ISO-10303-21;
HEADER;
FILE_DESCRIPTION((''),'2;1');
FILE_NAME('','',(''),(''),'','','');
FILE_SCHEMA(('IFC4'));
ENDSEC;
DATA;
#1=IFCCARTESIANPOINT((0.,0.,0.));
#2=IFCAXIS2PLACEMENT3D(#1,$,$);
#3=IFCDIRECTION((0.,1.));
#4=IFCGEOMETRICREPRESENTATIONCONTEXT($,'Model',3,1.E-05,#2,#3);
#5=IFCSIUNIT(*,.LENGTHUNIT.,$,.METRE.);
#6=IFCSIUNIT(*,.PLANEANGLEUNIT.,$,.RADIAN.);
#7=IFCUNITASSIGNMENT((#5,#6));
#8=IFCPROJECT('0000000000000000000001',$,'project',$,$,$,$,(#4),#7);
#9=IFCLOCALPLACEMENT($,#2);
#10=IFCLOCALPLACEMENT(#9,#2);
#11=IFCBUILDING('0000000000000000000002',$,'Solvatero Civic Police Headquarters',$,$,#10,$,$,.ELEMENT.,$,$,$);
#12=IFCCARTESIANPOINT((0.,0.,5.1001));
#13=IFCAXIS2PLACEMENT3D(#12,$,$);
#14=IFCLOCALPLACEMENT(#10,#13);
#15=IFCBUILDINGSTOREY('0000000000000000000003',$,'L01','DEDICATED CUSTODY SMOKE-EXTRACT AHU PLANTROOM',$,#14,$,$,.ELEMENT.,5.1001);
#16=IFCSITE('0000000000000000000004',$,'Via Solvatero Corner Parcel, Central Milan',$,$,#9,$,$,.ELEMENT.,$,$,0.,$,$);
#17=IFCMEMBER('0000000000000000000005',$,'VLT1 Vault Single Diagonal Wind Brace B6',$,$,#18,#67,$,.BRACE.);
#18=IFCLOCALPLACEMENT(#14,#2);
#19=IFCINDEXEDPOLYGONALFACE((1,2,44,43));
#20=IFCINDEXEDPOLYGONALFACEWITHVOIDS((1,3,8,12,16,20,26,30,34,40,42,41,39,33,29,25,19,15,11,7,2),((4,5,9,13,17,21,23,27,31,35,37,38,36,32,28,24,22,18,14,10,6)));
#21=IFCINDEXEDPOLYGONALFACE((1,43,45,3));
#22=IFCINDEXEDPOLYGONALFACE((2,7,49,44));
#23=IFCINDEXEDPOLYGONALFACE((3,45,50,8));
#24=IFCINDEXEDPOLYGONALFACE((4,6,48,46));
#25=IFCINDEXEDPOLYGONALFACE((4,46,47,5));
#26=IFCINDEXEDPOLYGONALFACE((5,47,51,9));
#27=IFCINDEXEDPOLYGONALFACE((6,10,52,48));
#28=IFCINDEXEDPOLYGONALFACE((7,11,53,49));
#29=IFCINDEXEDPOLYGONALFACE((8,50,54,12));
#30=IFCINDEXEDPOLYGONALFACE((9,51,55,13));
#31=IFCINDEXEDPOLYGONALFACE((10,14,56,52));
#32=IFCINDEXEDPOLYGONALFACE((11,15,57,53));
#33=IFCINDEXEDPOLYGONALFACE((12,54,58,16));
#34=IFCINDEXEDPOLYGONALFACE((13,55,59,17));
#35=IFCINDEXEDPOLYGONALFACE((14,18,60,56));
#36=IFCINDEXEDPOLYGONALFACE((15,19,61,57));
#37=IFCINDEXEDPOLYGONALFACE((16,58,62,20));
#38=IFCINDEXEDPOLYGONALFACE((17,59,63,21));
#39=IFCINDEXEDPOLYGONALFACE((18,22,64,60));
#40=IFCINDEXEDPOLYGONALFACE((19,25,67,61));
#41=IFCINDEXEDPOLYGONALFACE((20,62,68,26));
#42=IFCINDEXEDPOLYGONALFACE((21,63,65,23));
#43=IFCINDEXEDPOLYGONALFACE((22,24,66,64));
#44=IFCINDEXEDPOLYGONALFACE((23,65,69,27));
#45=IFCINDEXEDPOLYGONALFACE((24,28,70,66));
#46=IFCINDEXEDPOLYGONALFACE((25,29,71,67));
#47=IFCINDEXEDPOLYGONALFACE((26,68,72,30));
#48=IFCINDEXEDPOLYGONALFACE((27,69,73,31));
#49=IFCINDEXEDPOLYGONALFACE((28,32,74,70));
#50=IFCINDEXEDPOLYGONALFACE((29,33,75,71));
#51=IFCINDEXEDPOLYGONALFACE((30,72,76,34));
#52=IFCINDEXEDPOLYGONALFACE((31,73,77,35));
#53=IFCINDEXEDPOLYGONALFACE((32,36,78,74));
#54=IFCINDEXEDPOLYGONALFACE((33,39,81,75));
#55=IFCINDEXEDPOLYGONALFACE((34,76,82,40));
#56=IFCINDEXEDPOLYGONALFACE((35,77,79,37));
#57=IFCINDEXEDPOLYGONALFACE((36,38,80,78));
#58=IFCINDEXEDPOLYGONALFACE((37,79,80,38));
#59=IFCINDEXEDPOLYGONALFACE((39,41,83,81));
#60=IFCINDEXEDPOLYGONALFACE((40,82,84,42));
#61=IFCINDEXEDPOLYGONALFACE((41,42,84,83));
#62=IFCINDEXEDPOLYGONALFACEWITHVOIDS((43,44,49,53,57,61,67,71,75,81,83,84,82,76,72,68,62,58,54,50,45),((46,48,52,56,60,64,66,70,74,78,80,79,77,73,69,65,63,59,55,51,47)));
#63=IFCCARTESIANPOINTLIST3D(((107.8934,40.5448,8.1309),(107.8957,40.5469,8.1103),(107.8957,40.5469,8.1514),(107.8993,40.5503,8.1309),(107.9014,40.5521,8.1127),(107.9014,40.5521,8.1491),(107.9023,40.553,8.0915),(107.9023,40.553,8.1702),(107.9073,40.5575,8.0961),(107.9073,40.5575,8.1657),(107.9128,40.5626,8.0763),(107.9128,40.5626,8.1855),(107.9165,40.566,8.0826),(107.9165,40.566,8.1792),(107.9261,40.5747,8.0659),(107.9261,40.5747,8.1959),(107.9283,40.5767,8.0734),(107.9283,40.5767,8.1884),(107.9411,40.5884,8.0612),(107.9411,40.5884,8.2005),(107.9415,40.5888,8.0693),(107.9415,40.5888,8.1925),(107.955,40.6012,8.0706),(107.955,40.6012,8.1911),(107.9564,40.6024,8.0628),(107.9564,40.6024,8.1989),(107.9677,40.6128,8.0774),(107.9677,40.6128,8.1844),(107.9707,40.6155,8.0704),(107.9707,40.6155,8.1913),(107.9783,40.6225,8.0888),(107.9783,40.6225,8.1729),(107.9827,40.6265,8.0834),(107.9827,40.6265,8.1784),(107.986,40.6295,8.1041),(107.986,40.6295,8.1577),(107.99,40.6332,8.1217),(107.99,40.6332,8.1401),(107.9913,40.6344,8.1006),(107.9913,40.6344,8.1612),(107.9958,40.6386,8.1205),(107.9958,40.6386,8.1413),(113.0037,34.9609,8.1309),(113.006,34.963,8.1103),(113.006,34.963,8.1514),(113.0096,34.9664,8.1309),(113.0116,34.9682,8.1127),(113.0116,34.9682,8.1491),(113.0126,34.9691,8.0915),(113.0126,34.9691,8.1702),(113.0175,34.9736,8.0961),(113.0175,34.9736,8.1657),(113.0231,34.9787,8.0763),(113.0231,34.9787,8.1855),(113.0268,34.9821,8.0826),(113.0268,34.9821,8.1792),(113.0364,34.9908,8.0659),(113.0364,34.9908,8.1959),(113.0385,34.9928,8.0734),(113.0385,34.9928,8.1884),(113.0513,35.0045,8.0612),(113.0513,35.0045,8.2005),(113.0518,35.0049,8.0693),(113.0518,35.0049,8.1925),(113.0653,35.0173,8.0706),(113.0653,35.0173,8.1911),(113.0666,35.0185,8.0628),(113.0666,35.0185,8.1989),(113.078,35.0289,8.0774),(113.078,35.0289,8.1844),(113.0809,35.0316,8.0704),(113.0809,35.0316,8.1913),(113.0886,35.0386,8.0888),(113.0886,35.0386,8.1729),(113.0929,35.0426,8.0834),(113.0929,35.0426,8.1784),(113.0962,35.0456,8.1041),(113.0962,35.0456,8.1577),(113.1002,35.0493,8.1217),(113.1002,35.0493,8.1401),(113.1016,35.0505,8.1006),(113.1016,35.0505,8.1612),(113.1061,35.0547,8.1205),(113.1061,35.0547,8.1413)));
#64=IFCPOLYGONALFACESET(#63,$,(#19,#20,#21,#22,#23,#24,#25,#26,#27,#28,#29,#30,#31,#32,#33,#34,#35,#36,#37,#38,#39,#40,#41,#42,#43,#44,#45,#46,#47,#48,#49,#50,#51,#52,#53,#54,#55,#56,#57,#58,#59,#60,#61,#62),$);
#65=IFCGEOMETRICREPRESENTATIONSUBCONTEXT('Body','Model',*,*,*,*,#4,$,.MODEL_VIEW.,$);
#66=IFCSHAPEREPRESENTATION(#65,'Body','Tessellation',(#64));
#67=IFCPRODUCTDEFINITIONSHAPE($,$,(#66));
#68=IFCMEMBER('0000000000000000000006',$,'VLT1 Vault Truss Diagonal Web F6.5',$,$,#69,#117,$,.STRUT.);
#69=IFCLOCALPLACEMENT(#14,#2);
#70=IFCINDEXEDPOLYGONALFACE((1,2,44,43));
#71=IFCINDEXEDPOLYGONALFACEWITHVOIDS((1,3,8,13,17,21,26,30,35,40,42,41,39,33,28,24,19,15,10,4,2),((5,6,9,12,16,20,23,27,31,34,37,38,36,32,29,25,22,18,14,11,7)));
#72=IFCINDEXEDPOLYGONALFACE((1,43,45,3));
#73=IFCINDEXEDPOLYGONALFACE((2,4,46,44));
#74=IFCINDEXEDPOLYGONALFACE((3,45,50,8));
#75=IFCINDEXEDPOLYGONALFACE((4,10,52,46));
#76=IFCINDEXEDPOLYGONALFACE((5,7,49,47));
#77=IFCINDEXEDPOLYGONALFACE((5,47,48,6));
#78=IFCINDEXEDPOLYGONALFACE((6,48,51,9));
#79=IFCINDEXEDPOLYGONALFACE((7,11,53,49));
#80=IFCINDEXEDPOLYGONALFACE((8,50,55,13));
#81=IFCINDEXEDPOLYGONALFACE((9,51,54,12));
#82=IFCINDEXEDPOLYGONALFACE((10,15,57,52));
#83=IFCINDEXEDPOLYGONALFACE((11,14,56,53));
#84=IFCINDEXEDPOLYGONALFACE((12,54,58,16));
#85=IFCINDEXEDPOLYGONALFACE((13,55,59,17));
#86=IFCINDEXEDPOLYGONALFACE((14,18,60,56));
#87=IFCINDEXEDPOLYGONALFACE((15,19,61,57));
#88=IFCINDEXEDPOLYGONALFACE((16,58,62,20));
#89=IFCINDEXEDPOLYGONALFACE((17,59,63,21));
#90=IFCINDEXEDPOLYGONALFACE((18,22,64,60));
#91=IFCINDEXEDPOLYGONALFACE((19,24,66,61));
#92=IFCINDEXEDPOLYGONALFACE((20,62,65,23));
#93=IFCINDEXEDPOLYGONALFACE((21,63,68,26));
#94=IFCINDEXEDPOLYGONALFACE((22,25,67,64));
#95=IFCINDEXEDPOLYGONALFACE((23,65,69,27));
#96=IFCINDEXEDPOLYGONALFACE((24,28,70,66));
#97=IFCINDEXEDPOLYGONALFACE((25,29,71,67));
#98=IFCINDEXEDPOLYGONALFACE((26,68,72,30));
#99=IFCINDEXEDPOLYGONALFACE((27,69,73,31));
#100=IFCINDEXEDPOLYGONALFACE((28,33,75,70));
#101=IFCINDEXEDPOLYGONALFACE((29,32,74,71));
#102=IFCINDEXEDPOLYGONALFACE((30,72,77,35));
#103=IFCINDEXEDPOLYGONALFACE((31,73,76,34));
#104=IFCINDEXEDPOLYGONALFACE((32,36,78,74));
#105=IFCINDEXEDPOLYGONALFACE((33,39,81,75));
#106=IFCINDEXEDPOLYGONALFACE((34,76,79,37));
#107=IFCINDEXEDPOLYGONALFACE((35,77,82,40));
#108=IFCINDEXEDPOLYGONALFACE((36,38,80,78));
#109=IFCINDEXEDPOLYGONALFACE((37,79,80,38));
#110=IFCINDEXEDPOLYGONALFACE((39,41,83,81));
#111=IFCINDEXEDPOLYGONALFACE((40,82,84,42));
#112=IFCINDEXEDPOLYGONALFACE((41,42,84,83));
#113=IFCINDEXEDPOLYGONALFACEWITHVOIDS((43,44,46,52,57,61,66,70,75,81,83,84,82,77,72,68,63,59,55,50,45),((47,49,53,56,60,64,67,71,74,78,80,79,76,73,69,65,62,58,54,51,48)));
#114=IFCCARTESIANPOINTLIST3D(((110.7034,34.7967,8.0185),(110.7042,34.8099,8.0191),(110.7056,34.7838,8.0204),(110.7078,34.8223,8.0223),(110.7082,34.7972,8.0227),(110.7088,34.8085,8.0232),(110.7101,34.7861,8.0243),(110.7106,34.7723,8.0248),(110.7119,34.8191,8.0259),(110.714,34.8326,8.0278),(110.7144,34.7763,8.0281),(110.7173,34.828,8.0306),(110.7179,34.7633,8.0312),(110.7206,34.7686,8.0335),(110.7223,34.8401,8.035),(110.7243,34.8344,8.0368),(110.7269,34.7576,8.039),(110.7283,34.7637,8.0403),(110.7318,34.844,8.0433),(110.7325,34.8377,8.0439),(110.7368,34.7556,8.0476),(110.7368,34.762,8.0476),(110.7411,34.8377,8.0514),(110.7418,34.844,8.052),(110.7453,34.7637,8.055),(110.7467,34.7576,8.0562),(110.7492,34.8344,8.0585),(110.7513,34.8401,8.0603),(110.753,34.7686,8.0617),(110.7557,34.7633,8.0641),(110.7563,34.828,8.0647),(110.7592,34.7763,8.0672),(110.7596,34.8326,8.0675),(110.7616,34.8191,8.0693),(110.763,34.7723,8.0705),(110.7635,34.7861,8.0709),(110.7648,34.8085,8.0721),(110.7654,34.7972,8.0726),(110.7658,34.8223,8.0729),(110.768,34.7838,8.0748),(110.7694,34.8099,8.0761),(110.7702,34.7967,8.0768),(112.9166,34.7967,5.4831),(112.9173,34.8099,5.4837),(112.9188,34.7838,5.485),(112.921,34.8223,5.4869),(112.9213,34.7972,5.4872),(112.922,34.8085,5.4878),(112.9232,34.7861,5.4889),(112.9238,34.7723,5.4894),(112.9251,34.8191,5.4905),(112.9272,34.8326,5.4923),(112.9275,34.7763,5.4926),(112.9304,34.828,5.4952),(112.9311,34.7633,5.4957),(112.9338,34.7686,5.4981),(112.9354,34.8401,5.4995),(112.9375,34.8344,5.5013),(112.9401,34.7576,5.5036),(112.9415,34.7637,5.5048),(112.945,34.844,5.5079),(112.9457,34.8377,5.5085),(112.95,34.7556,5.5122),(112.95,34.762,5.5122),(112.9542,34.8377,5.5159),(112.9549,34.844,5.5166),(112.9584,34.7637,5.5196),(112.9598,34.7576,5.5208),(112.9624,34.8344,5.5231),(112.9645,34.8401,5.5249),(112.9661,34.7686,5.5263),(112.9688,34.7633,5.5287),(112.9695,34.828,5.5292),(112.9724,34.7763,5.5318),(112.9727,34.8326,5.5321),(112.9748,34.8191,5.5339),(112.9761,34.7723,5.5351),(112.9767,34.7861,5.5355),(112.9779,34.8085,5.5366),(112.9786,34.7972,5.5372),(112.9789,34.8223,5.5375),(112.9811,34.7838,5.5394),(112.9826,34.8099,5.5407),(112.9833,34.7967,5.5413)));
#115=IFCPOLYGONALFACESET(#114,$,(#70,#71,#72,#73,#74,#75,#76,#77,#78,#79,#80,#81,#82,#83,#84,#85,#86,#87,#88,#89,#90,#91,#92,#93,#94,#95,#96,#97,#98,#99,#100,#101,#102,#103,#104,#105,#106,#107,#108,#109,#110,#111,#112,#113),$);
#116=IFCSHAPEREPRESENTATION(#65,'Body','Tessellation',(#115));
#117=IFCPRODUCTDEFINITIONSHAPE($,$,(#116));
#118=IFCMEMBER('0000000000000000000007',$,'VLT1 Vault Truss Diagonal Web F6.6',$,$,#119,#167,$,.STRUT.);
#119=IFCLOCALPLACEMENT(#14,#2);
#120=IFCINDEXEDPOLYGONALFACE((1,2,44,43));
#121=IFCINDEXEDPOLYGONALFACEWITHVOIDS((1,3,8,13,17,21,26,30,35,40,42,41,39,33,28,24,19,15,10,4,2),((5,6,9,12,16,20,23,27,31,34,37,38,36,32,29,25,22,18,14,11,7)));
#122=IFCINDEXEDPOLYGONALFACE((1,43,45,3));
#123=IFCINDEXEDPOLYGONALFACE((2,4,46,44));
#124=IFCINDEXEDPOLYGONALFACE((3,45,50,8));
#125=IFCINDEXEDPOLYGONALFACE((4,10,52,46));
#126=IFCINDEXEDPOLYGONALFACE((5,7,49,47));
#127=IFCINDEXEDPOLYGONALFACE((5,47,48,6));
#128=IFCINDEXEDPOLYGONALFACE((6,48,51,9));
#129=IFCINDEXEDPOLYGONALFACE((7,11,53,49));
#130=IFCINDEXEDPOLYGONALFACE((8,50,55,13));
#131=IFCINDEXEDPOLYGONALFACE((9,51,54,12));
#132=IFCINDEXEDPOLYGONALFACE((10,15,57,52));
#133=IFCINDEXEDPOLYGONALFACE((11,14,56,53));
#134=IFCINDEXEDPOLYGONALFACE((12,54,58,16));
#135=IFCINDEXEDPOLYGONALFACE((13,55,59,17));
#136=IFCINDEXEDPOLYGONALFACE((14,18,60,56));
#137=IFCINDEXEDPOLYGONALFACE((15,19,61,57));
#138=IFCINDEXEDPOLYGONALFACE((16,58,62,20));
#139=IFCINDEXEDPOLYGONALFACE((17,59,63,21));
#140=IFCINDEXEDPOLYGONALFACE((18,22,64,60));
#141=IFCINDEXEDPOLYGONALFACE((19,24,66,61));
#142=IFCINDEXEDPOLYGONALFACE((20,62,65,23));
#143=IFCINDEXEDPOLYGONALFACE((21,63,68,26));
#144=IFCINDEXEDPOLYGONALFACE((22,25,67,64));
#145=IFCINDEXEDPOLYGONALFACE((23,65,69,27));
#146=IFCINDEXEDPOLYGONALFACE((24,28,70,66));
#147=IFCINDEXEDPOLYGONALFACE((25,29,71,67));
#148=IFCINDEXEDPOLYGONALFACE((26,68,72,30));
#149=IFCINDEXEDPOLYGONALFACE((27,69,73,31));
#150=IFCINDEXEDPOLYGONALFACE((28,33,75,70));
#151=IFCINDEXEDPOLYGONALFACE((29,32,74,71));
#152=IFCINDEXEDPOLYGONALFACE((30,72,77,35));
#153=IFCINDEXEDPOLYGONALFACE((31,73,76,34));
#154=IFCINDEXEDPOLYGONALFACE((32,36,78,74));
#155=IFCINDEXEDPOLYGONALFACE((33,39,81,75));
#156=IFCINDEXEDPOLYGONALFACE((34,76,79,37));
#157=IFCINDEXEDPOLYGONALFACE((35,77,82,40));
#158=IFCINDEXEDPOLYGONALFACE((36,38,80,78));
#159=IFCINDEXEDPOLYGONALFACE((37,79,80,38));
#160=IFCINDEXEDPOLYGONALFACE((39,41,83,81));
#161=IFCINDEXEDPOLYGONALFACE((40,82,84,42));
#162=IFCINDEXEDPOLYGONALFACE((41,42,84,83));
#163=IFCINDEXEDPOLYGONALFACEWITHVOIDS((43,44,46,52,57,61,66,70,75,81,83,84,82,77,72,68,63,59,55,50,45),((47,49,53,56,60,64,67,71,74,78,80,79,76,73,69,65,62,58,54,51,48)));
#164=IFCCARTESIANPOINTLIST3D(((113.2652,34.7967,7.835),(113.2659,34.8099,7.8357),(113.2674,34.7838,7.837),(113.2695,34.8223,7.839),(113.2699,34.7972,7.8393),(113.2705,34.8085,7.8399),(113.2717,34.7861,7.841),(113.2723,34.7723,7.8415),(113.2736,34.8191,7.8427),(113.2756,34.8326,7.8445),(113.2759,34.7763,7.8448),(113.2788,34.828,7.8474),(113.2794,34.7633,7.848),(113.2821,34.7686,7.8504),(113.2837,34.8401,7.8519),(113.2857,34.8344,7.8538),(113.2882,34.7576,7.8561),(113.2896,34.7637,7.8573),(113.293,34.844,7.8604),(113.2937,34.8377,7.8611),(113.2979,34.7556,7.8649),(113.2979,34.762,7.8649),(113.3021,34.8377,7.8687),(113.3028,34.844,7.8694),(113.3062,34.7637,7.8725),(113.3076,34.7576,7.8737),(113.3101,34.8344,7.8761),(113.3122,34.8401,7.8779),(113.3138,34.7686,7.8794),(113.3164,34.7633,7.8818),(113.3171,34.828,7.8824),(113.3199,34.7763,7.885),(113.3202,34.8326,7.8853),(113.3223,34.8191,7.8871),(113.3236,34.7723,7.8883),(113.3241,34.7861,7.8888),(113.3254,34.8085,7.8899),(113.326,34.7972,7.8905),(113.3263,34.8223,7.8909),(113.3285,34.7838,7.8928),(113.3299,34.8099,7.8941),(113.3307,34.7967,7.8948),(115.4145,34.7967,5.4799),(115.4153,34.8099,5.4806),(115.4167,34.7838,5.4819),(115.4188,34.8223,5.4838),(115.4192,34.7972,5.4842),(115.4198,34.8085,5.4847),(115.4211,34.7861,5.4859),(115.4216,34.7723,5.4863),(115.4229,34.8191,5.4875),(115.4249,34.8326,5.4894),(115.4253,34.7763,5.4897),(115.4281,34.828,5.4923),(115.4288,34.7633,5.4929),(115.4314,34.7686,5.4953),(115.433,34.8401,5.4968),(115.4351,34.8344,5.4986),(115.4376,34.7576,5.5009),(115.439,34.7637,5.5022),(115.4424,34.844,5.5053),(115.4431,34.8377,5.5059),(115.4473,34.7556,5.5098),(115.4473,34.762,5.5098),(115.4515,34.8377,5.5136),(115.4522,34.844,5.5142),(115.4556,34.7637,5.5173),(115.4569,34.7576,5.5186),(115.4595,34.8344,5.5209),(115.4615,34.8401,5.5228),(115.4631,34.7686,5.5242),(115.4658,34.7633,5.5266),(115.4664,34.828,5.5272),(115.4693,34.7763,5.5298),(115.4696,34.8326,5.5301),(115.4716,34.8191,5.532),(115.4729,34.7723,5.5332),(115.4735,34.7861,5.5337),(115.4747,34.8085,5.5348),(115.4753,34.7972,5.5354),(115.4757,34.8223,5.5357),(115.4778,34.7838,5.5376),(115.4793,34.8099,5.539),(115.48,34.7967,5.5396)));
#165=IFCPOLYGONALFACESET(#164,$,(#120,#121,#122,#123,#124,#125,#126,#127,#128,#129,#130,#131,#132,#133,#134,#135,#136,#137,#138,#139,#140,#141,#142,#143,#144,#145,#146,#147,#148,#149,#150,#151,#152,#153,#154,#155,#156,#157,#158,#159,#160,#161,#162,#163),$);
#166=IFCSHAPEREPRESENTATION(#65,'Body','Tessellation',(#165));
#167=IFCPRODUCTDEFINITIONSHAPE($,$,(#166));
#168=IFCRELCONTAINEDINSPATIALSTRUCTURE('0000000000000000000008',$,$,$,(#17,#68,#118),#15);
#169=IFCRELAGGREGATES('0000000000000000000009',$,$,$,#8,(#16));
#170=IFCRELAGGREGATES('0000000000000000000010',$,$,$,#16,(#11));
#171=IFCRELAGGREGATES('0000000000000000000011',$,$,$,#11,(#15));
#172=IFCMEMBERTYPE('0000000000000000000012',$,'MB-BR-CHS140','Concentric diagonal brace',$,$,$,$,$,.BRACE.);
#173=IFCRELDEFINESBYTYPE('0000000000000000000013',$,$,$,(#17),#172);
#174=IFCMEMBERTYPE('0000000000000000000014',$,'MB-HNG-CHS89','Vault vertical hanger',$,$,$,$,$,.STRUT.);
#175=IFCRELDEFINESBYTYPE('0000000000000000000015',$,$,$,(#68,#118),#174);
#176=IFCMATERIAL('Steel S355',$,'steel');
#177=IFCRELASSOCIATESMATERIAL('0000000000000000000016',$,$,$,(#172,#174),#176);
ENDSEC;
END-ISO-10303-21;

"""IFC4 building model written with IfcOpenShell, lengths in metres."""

from ifc_helpers import new_model, si_unit, direction, frame, origin, origin_2d, place, context, subcontext, project, spatial, hollow_circle, extrude, material, material_profile, profile_set, type_object, element, save


model = new_model("IFC4")

# Units and contexts
model_context = context("Model", 3, precision=1e-05, world=origin(), true_north=direction((0.0, 1.0)))
body_context = subcontext(model_context, "Body", "Model", "MODEL_VIEW")
ifc_project = project(units=[si_unit("LENGTHUNIT", "METRE"), si_unit("PLANEANGLEUNIT", "RADIAN")], contexts=[model_context])

# Site, building, storey
site_placement = place(None, origin())
site = spatial("IfcSite", under=ifc_project, at=site_placement, Name="Via Solvatero Corner Parcel, Central Milan", CompositionType="ELEMENT", RefElevation=0.0)
building_placement = place(site_placement, origin())
building = spatial("IfcBuilding", under=site, at=building_placement, Name="Solvatero Civic Police Headquarters", CompositionType="ELEMENT")
storey_placement = place(building_placement, frame((0.0, 0.0, 5.1001)))
storey = spatial("IfcBuildingStorey", under=building, at=storey_placement, Name="L01", Description="DEDICATED CUSTODY SMOKE-EXTRACT AHU PLANTROOM", CompositionType="ELEMENT", Elevation=5.1001)

# Shared definitions
ifc_material = material(Name="Steel S355", Category="steel")

# Members
ifc_material_profile_1 = material_profile(ifc_material, hollow_circle(Radius=0.0698, WallThickness=0.0081, at=origin_2d()), Name="CHS 139.7x8.0")
ifc_profile_set_1 = profile_set([ifc_material_profile_1], Name="Steel S355")
member_type_1 = type_object("IfcMemberType", Name="MB-BR-CHS140", Description="Concentric diagonal brace", PredefinedType="BRACE", material=ifc_profile_set_1)
member_1_placement = place(storey_placement, frame((113.0552, 35.0081, 8.1309), z_axis=(-0.675129, 0.7377, 0.0), x_axis=(-0.7377, -0.675129, 0.0)))
element("IfcMember", 1, at=member_1_placement, inside=storey, type_object=member_type_1, Name="VLT1 Vault Single Diagonal Wind Brace B6", PredefinedType="BRACE", context=body_context, shape_type="SweptSolid", body=[
    extrude(hollow_circle(Radius=0.0698, WallThickness=0.0081, at=origin_2d()), origin(), (0.0, 0.0, 1.0), 7.5693),
])
ifc_material_profile_2 = material_profile(ifc_material, hollow_circle(Radius=0.0444, WallThickness=0.0063, at=origin_2d()), Name="CHS 88.9x6.3")
ifc_profile_set_2 = profile_set([ifc_material_profile_2], Name="Steel S355")
member_type_2 = type_object("IfcMemberType", Name="MB-HNG-CHS89", Description="Vault vertical hanger", PredefinedType="STRUT", material=ifc_profile_set_2)
member_2_placement = place(storey_placement, frame((112.95, 34.8, 5.5122), z_axis=(-0.657605, 0.0, 0.753363), x_axis=(0.0, -1.0, 0.0)))
element("IfcMember", 2, at=member_2_placement, inside=storey, type_object=member_type_2, Name="VLT1 Vault Truss Diagonal Web F6.5", PredefinedType="STRUT", context=body_context, shape_type="SweptSolid", body=[
    extrude(hollow_circle(Radius=0.0444, WallThickness=0.0063, at=origin_2d()), origin(), (0.0, 0.0, 1.0), 3.3655),
])
member_3_placement = place(storey_placement, frame((115.4473, 34.8, 5.5098), z_axis=(-0.674097, 0.0, 0.738643), x_axis=(0.0, -1.0, 0.0)))
element("IfcMember", 3, at=member_3_placement, inside=storey, type_object=member_type_2, Name="VLT1 Vault Truss Diagonal Web F6.6", PredefinedType="STRUT", context=body_context, shape_type="SweptSolid", body=[
    extrude(hollow_circle(Radius=0.0444, WallThickness=0.0063, at=origin_2d()), origin(), (0.0, 0.0, 1.0), 3.1885),
])

save(model, "model.ifc")
